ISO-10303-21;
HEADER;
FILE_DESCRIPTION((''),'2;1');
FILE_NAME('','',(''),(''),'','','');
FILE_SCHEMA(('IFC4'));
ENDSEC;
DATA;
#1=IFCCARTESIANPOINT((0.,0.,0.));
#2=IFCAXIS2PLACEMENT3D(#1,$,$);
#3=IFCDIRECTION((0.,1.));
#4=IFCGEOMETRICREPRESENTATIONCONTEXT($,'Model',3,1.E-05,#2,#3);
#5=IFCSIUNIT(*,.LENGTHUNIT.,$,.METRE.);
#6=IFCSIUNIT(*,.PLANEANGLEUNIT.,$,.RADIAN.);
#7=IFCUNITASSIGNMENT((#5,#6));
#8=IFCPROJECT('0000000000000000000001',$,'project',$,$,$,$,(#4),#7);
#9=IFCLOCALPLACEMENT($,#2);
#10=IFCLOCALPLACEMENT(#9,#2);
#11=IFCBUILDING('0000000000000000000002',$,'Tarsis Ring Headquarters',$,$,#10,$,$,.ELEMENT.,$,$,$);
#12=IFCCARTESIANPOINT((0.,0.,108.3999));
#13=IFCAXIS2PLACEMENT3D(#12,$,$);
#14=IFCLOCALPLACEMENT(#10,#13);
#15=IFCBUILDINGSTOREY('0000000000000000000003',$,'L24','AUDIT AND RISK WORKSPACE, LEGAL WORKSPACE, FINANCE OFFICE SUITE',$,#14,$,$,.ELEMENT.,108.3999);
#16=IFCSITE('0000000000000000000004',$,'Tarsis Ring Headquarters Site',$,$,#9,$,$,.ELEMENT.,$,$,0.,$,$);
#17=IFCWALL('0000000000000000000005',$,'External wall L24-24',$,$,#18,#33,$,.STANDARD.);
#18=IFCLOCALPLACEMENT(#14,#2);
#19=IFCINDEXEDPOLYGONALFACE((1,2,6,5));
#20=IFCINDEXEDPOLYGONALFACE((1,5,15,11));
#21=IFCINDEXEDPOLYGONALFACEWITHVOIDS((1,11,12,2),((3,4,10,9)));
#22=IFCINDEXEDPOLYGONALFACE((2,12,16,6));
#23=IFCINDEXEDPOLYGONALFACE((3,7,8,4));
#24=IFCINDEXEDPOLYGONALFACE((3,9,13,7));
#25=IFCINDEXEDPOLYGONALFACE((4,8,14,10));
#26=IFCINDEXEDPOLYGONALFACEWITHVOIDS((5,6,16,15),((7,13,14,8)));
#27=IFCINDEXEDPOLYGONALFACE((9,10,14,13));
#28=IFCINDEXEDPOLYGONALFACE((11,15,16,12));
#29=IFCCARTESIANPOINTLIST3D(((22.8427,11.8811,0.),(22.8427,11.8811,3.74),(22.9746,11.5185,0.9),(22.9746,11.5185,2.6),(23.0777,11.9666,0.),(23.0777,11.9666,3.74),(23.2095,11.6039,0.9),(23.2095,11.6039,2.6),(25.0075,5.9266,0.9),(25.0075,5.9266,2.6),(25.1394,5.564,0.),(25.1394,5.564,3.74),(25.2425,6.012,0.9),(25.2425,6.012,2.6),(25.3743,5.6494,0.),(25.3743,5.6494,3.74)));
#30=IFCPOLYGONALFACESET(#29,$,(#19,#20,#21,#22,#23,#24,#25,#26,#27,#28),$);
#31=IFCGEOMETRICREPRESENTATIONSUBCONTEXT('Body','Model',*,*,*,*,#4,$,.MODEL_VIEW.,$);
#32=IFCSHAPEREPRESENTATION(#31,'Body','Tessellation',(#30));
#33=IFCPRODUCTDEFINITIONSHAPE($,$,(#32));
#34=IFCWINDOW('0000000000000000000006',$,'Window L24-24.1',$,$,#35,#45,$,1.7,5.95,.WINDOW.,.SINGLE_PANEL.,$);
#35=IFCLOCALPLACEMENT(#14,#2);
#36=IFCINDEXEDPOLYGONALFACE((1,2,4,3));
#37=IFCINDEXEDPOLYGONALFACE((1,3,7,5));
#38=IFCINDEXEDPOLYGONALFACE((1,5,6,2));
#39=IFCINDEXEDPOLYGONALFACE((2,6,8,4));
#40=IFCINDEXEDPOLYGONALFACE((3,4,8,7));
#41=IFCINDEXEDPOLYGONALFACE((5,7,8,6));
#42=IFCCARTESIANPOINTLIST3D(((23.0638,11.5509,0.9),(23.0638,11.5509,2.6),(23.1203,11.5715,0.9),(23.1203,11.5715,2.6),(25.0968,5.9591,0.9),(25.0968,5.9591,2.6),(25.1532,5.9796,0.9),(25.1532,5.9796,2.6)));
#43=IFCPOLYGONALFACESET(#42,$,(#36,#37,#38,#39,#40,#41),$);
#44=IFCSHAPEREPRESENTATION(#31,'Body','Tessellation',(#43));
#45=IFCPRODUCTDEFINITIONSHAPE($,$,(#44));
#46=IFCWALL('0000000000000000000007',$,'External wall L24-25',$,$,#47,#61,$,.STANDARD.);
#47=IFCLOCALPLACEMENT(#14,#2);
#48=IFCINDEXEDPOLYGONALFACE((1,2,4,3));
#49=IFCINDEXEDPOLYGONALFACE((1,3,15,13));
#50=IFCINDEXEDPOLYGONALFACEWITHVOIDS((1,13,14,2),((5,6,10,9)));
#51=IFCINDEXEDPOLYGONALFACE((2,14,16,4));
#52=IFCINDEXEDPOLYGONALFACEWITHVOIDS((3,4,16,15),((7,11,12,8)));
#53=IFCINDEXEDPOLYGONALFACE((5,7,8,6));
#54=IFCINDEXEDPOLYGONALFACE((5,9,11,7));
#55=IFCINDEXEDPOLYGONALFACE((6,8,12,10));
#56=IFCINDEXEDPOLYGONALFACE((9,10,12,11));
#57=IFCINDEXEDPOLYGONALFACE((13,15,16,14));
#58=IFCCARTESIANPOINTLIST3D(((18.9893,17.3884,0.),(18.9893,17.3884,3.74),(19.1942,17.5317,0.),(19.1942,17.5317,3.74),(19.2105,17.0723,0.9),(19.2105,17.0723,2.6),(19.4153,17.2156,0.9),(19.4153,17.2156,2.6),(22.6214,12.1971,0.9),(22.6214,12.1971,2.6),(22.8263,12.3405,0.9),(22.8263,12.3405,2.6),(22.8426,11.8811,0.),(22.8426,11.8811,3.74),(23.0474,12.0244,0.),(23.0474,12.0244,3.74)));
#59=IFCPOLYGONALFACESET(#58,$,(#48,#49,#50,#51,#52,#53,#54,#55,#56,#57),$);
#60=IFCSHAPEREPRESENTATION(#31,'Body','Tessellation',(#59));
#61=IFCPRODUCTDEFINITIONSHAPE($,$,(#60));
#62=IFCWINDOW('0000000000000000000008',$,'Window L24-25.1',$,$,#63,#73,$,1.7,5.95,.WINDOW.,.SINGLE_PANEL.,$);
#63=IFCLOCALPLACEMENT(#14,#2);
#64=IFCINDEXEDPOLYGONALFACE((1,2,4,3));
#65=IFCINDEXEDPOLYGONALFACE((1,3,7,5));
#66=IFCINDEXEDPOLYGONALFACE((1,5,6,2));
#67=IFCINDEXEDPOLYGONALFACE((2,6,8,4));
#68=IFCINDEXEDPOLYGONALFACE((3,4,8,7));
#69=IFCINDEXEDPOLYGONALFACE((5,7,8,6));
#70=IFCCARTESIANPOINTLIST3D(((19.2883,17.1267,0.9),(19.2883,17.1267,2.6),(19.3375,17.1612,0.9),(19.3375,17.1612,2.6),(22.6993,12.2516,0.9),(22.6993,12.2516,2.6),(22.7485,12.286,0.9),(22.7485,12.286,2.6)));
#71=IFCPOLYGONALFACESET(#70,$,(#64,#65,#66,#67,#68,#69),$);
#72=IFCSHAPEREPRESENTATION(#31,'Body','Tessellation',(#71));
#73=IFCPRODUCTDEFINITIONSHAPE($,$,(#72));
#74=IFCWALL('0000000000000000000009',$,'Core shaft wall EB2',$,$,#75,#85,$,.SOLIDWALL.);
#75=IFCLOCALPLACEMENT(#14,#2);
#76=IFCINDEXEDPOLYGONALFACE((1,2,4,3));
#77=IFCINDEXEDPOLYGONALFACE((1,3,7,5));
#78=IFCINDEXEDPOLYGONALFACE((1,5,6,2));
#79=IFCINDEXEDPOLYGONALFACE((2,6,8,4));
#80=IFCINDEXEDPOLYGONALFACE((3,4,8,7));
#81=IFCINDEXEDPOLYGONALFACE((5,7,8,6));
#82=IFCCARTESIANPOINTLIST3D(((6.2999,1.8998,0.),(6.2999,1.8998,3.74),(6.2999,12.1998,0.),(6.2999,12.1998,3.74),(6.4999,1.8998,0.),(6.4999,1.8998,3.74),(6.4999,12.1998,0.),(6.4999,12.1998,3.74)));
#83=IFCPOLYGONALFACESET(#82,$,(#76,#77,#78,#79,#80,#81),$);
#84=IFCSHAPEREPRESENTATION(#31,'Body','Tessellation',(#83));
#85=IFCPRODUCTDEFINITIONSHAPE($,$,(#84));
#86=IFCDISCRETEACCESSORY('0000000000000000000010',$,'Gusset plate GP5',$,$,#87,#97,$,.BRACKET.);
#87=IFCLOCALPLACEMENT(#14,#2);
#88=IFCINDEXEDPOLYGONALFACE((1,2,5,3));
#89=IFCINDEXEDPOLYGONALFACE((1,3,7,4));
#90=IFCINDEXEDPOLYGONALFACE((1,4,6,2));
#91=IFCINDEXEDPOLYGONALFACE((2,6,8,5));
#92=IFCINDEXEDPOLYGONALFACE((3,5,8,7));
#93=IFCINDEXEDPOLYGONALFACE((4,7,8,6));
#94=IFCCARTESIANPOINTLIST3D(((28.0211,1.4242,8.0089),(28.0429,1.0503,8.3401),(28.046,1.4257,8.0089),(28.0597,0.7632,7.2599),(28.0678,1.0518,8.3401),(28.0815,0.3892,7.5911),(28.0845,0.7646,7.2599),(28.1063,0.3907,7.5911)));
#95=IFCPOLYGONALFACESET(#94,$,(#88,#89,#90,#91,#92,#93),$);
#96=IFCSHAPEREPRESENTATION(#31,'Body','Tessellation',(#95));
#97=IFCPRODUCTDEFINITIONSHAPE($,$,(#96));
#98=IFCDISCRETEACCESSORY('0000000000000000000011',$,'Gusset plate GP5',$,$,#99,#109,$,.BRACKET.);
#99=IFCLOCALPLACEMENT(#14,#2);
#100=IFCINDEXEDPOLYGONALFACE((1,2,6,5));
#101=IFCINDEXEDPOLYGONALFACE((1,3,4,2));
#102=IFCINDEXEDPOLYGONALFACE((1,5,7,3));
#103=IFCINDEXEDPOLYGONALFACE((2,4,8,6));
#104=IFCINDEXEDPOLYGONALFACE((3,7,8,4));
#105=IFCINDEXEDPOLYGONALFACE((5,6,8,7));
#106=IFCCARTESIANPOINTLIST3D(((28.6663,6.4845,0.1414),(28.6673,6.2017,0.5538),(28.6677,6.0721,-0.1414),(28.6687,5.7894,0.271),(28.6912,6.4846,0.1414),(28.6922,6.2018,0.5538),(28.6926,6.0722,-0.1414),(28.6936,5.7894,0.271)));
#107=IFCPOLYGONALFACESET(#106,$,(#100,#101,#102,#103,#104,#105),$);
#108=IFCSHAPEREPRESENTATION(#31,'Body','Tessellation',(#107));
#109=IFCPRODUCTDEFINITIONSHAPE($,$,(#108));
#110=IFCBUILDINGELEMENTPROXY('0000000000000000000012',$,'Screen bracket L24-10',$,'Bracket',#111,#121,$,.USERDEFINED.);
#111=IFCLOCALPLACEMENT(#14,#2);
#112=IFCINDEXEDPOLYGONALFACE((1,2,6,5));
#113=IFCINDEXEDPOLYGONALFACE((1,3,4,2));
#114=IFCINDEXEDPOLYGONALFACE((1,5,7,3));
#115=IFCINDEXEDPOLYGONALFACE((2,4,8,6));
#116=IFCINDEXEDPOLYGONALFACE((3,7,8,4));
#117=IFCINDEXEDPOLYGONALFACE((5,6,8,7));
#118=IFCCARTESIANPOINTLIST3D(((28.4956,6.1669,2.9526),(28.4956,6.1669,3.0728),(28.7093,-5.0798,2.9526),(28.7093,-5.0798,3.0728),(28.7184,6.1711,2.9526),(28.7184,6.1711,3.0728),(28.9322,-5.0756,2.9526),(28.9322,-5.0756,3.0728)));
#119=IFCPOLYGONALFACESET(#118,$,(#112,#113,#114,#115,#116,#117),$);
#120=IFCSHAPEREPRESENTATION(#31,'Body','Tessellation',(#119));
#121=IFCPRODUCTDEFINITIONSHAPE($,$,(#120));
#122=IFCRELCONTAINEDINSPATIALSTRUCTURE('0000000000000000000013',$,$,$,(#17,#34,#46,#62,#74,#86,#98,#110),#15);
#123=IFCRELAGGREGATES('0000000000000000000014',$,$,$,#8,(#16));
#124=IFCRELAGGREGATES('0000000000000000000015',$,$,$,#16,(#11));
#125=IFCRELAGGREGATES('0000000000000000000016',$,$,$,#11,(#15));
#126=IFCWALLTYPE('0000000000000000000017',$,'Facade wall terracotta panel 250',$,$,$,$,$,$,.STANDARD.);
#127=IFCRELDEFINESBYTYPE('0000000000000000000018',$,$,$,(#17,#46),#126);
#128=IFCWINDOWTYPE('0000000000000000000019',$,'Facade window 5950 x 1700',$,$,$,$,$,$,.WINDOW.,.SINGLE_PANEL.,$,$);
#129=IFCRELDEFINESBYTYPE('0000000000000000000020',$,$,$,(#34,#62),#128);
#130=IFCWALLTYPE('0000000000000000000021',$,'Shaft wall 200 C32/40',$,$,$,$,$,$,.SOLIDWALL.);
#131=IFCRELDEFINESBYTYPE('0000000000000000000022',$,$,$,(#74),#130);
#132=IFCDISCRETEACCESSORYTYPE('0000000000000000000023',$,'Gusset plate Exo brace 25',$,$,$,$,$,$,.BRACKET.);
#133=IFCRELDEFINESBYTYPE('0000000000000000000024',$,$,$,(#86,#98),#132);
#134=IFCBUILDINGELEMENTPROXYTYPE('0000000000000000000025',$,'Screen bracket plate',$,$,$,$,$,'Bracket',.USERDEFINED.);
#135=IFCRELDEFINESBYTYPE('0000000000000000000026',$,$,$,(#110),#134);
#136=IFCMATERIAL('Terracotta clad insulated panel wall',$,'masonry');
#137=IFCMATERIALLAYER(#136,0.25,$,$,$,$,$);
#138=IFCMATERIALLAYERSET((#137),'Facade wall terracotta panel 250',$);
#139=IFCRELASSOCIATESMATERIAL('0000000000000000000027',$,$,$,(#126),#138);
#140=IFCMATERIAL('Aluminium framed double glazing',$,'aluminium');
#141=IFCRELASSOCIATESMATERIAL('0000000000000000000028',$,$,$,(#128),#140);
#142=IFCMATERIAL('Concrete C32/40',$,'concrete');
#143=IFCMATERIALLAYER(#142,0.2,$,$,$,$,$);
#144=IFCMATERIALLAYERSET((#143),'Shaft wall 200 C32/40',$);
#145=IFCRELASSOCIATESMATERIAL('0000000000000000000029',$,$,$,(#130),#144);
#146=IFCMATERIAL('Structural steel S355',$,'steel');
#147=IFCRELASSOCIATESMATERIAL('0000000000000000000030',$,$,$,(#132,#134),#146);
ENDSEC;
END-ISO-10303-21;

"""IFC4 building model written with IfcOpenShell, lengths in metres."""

from ifc_helpers import new_model, si_unit, direction, frame, frame_2d, origin, origin_2d, place, context, subcontext, project, spatial, rectangle, extrude, material, layer, layer_set, material_profile, profile_set, type_object, element, fill, save


model = new_model("IFC4")

# Units and contexts
model_context = context("Model", 3, precision=1e-05, world=origin(), true_north=direction((0.0, 1.0)))
body_context = subcontext(model_context, "Body", "Model", "MODEL_VIEW")
ifc_project = project(units=[si_unit("LENGTHUNIT", "METRE"), si_unit("PLANEANGLEUNIT", "RADIAN")], contexts=[model_context])

# Site, building, storey
site_placement = place(None, origin())
site = spatial("IfcSite", under=ifc_project, at=site_placement, Name="Tarsis Ring Headquarters Site", CompositionType="ELEMENT", RefElevation=0.0)
building_placement = place(site_placement, origin())
building = spatial("IfcBuilding", under=site, at=building_placement, Name="Tarsis Ring Headquarters", CompositionType="ELEMENT")
storey_placement = place(building_placement, frame((0.0, 0.0, 108.3999)))
storey = spatial("IfcBuildingStorey", under=building, at=storey_placement, Name="L24", Description="AUDIT AND RISK WORKSPACE, LEGAL WORKSPACE, FINANCE OFFICE SUITE", CompositionType="ELEMENT", Elevation=108.3999)

# Shared definitions
ifc_material_1 = material(Name="Structural steel S355", Category="steel")

# Walls, openings, windows
ifc_material_2 = material(Name="Terracotta clad insulated panel wall", Category="masonry")
ifc_layer_1 = layer(ifc_material_2, 0.25)
ifc_layer_set_1 = layer_set([ifc_layer_1], Name="Facade wall terracotta panel 250")
wall_type_1 = type_object("IfcWallType", Name="Facade wall terracotta panel 250", PredefinedType="STANDARD", material=ifc_layer_set_1)
wall_1_placement = place(storey_placement, frame((25.2568, 5.6067, 0.0), z_axis=(0.0, 0.0, 1.0), x_axis=(-0.341676, 0.939818, 0.0)))
wall_1 = element("IfcWall", 1, at=wall_1_placement, inside=storey, type_object=wall_type_1, Name="External wall L24-24", PredefinedType="STANDARD", context=body_context, shape_type="SweptSolid", body=[
    extrude(rectangle(XDim=6.7217, YDim=0.25, at=frame_2d((3.3608, 0.0))), origin(), (0.0, 0.0, 1.0), 3.74),
])
opening_1_placement = place(wall_1_placement, frame((0.3857, 0.0, 0.8999)))
opening_1 = element("IfcOpeningElement", 2, at=opening_1_placement, cuts=wall_1, PredefinedType="OPENING", context=body_context, shape_type="SweptSolid", body=[
    extrude(rectangle(XDim=5.95, YDim=1.7, at=frame_2d((2.9751, 0.8501))), frame((0.0, 0.135, 0.0), z_axis=(0.0, -1.0, 0.0), x_axis=(1.0, 0.0, 0.0)), (0.0, 0.0, 1.0), 0.27),
])
ifc_material_3 = material(Name="Aluminium framed double glazing", Category="aluminium")
window_type = type_object("IfcWindowType", Name="Facade window 5950 x 1700", PartitioningType="SINGLE_PANEL", PredefinedType="WINDOW", material=ifc_material_3)
window_1_placement = place(opening_1_placement, origin())
window_1 = element("IfcWindow", 3, at=window_1_placement, inside=storey, type_object=window_type, Name="Window L24-24.1", OverallHeight=1.7, OverallWidth=5.95, PartitioningType="SINGLE_PANEL", PredefinedType="WINDOW", context=body_context, shape_type="SweptSolid", body=[
    extrude(rectangle(XDim=5.95, YDim=1.7, at=frame_2d((2.9751, 0.8501))), frame((0.0, 0.03, 0.0), z_axis=(0.0, -1.0, 0.0), x_axis=(1.0, 0.0, 0.0)), (0.0, 0.0, 1.0), 0.0601),
])
fill(opening_1, window_1)
wall_2_placement = place(storey_placement, frame((22.9451, 11.9526, 0.0), z_axis=(0.0, 0.0, 1.0), x_axis=(-0.573277, 0.819362, 0.0)))
wall_2 = element("IfcWall", 4, at=wall_2_placement, inside=storey, type_object=wall_type_1, Name="External wall L24-25", PredefinedType="STANDARD", context=body_context, shape_type="SweptSolid", body=[
    extrude(rectangle(XDim=6.7214, YDim=0.25, at=frame_2d((3.3608, 0.0))), origin(), (0.0, 0.0, 1.0), 3.74),
])
opening_2_placement = place(wall_2_placement, frame((0.3857, 0.0, 0.8999)))
opening_2 = element("IfcOpeningElement", 5, at=opening_2_placement, cuts=wall_2, PredefinedType="OPENING", context=body_context, shape_type="SweptSolid", body=[
    extrude(rectangle(XDim=5.95, YDim=1.7, at=frame_2d((2.9751, 0.8501))), frame((0.0, 0.135, 0.0), z_axis=(0.0, -1.0, 0.0), x_axis=(1.0, 0.0, 0.0)), (0.0, 0.0, 1.0), 0.27),
])
window_2_placement = place(opening_2_placement, origin())
window_2 = element("IfcWindow", 6, at=window_2_placement, inside=storey, type_object=window_type, Name="Window L24-25.1", OverallHeight=1.7, OverallWidth=5.95, PartitioningType="SINGLE_PANEL", PredefinedType="WINDOW", context=body_context, shape_type="SweptSolid", body=[
    extrude(rectangle(XDim=5.95, YDim=1.7, at=frame_2d((2.9751, 0.8501))), frame((0.0, 0.03, 0.0), z_axis=(0.0, -1.0, 0.0), x_axis=(1.0, 0.0, 0.0)), (0.0, 0.0, 1.0), 0.0601),
])
fill(opening_2, window_2)

# Wall
ifc_material_4 = material(Name="Concrete C32/40", Category="concrete")
ifc_layer_2 = layer(ifc_material_4, 0.2)
ifc_layer_set_2 = layer_set([ifc_layer_2], Name="Shaft wall 200 C32/40")
wall_type_2 = type_object("IfcWallType", Name="Shaft wall 200 C32/40", PredefinedType="SOLIDWALL", material=ifc_layer_set_2)
wall_3_placement = place(storey_placement, frame((6.3999, 1.8999, 0.0), z_axis=(0.0, 0.0, 1.0), x_axis=(0.0, 1.0, 0.0)))
element("IfcWall", 7, at=wall_3_placement, inside=storey, type_object=wall_type_2, Name="Core shaft wall EB2", PredefinedType="SOLIDWALL", context=body_context, shape_type="SweptSolid", body=[
    extrude(rectangle(XDim=10.3, YDim=0.2, at=frame_2d((5.1499, 0.0))), origin(), (0.0, 0.0, 1.0), 3.74),
])

# Discrete accessories
ifc_material_profile_1 = material_profile(ifc_material_1, rectangle(XDim=0.0249, YDim=0.5, at=origin_2d()), Name="PL 25x500")
ifc_profile_set_1 = profile_set([ifc_material_profile_1], Name="Structural steel S355")
discrete_accessory_type = type_object("IfcDiscreteAccessoryType", Name="Gusset plate Exo brace 25", PredefinedType="BRACKET", material=ifc_profile_set_1)
discrete_accessory_1_placement = place(storey_placement, frame((28.083, 0.5769, 7.4255), z_axis=(-0.038582, 0.661258, 0.749166), x_axis=(-0.998302, -0.058247, 0.0)))
element("IfcDiscreteAccessory", 8, at=discrete_accessory_1_placement, inside=storey, type_object=discrete_accessory_type, Name="Gusset plate GP5", PredefinedType="BRACKET", context=body_context, shape_type="SweptSolid", body=[
    extrude(rectangle(XDim=0.0249, YDim=0.5, at=origin_2d()), origin(), (0.0, 0.0, 1.0), 0.9998),
])
discrete_accessory_2_placement = place(storey_placement, frame((28.6794, 6.2783, 0.0), z_axis=(0.001953, -0.56547, 0.824766), x_axis=(0.999994, 0.003454, 0.0)))
element("IfcDiscreteAccessory", 9, at=discrete_accessory_2_placement, inside=storey, type_object=discrete_accessory_type, Name="Gusset plate GP5", PredefinedType="BRACKET", context=body_context, shape_type="SweptSolid", body=[
    extrude(rectangle(XDim=0.0249, YDim=0.5, at=origin_2d()), origin(), (0.0, 0.0, 1.0), 0.5),
])

# Building element proxy
building_element_proxy_type = type_object("IfcBuildingElementProxyType", Name="Screen bracket plate", ElementType="Bracket", PredefinedType="USERDEFINED", material=ifc_material_1)
proxy_placement = place(storey_placement, frame((28.7139, 0.5457, 2.9526), z_axis=(0.0, 0.0, 1.0), x_axis=(-0.019001, 0.999819, 0.0)))
element("IfcBuildingElementProxy", 10, at=proxy_placement, inside=storey, type_object=building_element_proxy_type, Name="Screen bracket L24-10", ObjectType="Bracket", PredefinedType="USERDEFINED", context=body_context, shape_type="SweptSolid", body=[
    extrude(rectangle(XDim=11.2488, YDim=0.2229, at=origin_2d()), origin(), (0.0, 0.0, 1.0), 0.1201),
])

save(model, "model.ifc")
